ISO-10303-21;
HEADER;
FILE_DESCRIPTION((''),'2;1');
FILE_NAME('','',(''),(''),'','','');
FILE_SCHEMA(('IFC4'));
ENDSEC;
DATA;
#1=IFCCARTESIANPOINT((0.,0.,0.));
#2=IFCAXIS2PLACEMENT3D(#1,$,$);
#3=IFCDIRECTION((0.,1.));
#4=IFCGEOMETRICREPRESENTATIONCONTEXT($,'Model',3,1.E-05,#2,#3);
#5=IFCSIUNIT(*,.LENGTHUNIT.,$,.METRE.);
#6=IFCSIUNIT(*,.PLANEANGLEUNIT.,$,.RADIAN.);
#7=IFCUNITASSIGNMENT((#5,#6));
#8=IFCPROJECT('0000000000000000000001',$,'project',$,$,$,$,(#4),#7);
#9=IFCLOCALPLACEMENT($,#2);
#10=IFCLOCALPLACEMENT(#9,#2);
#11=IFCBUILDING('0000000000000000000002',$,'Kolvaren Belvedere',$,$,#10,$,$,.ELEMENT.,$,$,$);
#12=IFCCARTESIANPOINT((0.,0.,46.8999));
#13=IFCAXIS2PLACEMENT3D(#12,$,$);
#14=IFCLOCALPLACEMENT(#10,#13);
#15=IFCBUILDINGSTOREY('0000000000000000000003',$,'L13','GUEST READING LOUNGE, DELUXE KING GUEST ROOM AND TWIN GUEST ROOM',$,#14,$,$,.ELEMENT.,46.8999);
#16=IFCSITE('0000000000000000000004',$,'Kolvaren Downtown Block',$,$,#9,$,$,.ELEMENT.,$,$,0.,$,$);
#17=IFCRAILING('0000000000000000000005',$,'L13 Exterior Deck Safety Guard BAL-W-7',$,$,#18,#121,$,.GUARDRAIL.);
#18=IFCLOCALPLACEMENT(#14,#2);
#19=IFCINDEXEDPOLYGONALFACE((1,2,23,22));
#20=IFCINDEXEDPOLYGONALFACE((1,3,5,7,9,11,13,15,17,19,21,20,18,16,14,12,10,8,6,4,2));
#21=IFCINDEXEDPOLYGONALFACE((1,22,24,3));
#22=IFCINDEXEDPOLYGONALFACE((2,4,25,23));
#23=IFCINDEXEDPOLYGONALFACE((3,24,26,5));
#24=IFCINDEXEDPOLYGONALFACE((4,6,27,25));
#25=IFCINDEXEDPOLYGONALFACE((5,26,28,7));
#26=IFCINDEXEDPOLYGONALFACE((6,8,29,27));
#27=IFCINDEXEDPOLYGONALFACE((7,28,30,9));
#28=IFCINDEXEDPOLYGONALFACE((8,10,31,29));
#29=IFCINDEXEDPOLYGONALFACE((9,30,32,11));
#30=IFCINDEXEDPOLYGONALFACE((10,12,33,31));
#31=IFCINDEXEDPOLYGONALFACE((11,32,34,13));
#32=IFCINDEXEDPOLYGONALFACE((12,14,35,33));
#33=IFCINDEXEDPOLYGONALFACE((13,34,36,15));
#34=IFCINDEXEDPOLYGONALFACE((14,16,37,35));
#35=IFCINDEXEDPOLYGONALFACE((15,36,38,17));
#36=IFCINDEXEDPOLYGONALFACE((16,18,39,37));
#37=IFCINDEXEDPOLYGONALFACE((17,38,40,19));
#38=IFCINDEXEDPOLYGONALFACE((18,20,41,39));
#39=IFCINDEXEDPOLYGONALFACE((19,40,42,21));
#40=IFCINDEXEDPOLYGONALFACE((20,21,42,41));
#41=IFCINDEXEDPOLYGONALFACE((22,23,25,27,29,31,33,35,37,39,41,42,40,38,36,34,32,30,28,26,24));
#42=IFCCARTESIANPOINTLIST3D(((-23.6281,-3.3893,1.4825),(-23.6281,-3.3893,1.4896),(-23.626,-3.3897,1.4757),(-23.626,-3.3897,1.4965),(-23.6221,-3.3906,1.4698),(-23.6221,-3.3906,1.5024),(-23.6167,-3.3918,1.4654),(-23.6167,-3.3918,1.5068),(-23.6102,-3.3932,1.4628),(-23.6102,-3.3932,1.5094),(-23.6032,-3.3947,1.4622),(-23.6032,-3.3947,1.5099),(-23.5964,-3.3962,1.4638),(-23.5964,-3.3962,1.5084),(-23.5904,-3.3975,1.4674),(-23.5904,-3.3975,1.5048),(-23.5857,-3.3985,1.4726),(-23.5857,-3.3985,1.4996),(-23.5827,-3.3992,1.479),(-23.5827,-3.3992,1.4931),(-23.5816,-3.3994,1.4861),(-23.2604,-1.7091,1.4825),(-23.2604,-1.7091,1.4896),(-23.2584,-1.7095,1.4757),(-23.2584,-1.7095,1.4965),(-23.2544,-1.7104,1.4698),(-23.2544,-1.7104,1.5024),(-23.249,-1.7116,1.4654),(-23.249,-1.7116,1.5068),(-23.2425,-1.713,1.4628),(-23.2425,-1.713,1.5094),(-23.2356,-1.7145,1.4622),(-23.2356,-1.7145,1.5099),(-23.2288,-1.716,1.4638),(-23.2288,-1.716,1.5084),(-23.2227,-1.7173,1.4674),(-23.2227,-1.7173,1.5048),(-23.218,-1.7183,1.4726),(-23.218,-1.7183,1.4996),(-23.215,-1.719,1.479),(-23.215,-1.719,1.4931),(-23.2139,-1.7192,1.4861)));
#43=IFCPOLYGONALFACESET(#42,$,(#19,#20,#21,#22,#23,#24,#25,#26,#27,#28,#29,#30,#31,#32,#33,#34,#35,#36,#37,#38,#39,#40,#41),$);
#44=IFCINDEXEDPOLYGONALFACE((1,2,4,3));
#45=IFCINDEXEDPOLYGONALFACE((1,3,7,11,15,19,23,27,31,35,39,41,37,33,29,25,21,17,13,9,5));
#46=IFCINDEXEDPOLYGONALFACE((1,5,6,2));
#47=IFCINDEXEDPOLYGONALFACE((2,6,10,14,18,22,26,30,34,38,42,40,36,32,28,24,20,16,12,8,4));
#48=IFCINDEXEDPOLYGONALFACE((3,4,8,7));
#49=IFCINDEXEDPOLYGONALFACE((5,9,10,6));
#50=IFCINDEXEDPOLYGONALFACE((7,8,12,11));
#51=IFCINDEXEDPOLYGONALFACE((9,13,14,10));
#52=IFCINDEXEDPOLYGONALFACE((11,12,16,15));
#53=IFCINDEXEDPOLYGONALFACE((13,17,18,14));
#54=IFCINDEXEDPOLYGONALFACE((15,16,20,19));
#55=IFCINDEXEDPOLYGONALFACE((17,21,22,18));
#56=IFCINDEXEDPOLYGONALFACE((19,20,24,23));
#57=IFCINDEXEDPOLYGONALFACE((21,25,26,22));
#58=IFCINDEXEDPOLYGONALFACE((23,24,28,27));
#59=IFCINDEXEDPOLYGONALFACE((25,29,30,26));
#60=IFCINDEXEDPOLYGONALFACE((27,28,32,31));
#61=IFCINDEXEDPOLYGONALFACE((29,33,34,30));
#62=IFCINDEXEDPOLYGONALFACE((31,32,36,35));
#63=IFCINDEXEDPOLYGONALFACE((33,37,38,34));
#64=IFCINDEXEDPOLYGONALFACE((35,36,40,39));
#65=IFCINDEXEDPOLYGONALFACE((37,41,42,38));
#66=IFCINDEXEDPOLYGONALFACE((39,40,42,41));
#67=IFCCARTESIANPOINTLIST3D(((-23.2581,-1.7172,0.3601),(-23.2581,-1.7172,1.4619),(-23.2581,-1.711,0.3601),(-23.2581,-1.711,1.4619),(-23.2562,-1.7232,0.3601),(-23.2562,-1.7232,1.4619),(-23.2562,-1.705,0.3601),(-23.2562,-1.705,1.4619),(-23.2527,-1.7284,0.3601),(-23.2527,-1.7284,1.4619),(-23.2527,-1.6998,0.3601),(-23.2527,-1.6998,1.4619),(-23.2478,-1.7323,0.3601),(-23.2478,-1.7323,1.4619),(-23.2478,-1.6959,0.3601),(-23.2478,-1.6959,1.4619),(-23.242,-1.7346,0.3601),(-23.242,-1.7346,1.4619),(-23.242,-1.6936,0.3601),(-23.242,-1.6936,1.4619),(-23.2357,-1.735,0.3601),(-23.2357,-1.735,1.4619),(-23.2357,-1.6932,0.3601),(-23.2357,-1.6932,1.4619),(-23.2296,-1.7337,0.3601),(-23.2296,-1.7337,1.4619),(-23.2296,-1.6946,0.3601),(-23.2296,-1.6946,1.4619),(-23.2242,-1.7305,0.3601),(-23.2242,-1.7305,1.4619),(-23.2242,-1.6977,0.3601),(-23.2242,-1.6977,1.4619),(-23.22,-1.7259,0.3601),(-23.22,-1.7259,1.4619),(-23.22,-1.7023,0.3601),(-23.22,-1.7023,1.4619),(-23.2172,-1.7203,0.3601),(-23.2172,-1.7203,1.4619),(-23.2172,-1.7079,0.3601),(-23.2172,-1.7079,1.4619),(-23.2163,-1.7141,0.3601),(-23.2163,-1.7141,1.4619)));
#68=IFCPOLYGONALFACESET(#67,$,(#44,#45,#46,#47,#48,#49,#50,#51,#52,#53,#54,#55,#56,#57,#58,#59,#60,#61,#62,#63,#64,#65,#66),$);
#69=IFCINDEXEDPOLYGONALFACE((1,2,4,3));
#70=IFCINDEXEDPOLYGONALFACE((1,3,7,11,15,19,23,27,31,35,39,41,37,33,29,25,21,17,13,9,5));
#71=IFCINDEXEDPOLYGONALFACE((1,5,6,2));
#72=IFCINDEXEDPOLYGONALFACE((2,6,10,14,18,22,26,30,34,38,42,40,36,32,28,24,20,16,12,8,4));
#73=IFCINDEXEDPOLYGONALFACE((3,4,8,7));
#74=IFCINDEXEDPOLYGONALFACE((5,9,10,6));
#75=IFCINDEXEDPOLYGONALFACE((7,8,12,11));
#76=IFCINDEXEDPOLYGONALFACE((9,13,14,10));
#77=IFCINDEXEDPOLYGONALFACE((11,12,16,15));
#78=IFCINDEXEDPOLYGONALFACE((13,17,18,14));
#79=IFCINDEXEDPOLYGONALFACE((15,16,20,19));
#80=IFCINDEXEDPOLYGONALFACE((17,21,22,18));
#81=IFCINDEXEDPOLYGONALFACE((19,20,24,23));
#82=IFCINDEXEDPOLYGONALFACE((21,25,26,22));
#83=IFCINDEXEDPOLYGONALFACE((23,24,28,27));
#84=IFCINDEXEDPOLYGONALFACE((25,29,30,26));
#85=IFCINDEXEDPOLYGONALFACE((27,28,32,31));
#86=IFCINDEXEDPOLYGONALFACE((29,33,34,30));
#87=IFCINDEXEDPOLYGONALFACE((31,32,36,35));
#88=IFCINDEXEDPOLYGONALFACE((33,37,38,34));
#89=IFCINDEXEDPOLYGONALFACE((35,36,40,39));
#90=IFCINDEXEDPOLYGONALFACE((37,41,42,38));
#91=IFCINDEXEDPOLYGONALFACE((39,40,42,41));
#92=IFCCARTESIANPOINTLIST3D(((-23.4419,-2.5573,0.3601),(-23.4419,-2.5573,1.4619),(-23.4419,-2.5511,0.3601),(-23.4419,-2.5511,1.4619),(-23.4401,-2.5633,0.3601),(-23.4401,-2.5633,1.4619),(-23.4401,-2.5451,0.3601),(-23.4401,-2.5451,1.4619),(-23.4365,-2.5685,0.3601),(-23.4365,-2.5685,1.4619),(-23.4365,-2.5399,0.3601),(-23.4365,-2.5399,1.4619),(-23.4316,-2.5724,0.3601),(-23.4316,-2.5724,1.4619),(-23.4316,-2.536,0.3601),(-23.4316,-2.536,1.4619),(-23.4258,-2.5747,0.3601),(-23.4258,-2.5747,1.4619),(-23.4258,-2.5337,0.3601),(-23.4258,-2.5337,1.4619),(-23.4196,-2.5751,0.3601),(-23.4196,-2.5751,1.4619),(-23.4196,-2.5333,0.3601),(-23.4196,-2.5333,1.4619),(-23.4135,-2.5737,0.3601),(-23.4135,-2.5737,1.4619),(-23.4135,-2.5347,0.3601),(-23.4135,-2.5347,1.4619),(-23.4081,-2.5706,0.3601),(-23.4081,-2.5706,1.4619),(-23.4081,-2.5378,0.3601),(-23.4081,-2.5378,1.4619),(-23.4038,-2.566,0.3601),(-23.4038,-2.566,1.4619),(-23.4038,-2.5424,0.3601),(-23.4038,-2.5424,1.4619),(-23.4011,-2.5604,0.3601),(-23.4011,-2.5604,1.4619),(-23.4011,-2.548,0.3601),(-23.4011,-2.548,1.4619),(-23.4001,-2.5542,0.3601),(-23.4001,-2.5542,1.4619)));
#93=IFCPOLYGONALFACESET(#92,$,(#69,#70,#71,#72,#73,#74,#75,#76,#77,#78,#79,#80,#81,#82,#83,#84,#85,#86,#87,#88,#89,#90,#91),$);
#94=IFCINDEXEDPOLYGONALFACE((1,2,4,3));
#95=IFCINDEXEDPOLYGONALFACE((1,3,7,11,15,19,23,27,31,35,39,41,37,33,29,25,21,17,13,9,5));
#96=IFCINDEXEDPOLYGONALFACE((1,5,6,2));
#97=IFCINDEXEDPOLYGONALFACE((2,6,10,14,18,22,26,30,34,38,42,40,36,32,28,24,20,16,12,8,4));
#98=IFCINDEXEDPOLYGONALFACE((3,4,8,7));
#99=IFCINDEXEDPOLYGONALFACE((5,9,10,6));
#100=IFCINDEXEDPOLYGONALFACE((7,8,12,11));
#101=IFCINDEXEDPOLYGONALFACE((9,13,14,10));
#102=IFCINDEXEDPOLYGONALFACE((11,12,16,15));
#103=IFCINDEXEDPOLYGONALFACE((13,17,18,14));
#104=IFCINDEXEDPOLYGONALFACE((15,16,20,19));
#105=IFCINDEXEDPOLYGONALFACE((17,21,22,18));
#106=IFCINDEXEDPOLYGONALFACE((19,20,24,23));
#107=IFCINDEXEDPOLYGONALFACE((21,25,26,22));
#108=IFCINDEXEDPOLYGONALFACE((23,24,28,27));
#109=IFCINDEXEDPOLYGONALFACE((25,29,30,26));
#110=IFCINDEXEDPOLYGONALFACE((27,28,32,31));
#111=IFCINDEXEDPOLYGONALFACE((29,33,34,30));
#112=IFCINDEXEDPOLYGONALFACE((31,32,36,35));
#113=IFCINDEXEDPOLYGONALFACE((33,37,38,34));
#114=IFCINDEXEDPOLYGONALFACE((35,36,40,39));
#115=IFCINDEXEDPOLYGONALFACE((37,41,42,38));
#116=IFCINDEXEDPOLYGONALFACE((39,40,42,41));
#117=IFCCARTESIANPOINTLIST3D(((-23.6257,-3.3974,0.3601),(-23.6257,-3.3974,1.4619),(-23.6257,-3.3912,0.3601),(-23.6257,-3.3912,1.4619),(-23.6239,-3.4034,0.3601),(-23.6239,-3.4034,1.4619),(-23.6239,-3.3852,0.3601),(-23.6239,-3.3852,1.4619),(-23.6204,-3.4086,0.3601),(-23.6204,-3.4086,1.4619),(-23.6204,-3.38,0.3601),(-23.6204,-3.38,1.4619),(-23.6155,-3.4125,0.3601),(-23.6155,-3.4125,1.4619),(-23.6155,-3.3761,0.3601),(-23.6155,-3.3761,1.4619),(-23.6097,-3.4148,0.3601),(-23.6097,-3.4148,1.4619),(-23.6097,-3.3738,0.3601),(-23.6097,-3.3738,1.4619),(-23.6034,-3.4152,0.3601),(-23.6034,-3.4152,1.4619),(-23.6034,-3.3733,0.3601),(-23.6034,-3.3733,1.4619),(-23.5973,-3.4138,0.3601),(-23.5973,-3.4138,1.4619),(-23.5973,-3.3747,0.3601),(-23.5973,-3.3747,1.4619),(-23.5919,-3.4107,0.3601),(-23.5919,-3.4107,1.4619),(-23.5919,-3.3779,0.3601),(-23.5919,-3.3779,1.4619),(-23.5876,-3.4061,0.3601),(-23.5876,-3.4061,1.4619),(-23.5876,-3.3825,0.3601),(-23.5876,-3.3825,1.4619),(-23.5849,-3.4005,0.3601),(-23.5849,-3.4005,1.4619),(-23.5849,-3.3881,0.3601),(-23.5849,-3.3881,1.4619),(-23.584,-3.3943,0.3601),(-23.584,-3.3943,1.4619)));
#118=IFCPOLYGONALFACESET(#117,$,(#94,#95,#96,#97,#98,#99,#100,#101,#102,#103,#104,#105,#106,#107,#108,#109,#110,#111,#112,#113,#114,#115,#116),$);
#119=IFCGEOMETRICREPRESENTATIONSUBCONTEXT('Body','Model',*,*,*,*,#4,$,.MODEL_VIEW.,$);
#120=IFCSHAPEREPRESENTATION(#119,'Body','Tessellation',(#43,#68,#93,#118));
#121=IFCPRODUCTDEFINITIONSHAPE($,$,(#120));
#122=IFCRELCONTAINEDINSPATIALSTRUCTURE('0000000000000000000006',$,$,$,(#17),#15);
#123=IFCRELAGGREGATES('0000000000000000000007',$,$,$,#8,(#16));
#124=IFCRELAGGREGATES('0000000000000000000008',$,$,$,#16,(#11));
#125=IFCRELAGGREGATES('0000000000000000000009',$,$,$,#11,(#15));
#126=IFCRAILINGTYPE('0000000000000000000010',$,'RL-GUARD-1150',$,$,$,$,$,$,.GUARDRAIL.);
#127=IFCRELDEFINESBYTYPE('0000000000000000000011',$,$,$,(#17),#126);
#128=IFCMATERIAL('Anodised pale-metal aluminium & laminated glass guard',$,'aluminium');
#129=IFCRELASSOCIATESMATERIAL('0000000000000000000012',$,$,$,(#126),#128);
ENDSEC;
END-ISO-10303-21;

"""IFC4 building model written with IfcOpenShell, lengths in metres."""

from ifc_helpers import new_model, si_unit, direction, frame, origin, origin_2d, place, context, subcontext, project, spatial, circle, extrude, material, type_object, element, save


model = new_model("IFC4")

# Units and contexts
model_context = context("Model", 3, precision=1e-05, world=origin(), true_north=direction((0.0, 1.0)))
body_context = subcontext(model_context, "Body", "Model", "MODEL_VIEW")
ifc_project = project(units=[si_unit("LENGTHUNIT", "METRE"), si_unit("PLANEANGLEUNIT", "RADIAN")], contexts=[model_context])

# Site, building, storey
site_placement = place(None, origin())
site = spatial("IfcSite", under=ifc_project, at=site_placement, Name="Kolvaren Downtown Block", CompositionType="ELEMENT", RefElevation=0.0)
building_placement = place(site_placement, origin())
building = spatial("IfcBuilding", under=site, at=building_placement, Name="Kolvaren Belvedere", CompositionType="ELEMENT")
storey_placement = place(building_placement, frame((0.0, 0.0, 46.8999)))
storey = spatial("IfcBuildingStorey", under=building, at=storey_placement, Name="L13", Description="GUEST READING LOUNGE, DELUXE KING GUEST ROOM AND TWIN GUEST ROOM", CompositionType="ELEMENT", Elevation=46.8999)

# Railing
ifc_material_1 = material(Name="Anodised pale-metal aluminium & laminated glass guard", Category="aluminium")
railing_type = type_object("IfcRailingType", Name="RL-GUARD-1150", PredefinedType="GUARDRAIL", material=ifc_material_1)
railing_1_placement = place(storey_placement, frame((-23.2373, -1.7141, 0.3601)))
element("IfcRailing", 1, at=railing_1_placement, inside=storey, type_object=railing_type, Name="L13 Exterior Deck Safety Guard BAL-W-7", PredefinedType="GUARDRAIL", context=body_context, shape_type="SweptSolid", body=[
    extrude(circle(Radius=0.0239, at=origin_2d()), frame((0.0, 0.0, 1.126), z_axis=(-0.213773, -0.976883, 0.0), x_axis=(0.976883, -0.213773, 0.0)), (0.0, 0.0, 1.0), 1.72),
    extrude(circle(Radius=0.021, at=origin_2d()), origin(), (0.0, 0.0, 1.0), 1.1018),
    extrude(circle(Radius=0.021, at=origin_2d()), frame((-0.1838, -0.8401, 0.0)), (0.0, 0.0, 1.0), 1.1018),
    extrude(circle(Radius=0.021, at=origin_2d()), frame((-0.3677, -1.6802, 0.0)), (0.0, 0.0, 1.0), 1.1018),
])

save(model, "model.ifc")
